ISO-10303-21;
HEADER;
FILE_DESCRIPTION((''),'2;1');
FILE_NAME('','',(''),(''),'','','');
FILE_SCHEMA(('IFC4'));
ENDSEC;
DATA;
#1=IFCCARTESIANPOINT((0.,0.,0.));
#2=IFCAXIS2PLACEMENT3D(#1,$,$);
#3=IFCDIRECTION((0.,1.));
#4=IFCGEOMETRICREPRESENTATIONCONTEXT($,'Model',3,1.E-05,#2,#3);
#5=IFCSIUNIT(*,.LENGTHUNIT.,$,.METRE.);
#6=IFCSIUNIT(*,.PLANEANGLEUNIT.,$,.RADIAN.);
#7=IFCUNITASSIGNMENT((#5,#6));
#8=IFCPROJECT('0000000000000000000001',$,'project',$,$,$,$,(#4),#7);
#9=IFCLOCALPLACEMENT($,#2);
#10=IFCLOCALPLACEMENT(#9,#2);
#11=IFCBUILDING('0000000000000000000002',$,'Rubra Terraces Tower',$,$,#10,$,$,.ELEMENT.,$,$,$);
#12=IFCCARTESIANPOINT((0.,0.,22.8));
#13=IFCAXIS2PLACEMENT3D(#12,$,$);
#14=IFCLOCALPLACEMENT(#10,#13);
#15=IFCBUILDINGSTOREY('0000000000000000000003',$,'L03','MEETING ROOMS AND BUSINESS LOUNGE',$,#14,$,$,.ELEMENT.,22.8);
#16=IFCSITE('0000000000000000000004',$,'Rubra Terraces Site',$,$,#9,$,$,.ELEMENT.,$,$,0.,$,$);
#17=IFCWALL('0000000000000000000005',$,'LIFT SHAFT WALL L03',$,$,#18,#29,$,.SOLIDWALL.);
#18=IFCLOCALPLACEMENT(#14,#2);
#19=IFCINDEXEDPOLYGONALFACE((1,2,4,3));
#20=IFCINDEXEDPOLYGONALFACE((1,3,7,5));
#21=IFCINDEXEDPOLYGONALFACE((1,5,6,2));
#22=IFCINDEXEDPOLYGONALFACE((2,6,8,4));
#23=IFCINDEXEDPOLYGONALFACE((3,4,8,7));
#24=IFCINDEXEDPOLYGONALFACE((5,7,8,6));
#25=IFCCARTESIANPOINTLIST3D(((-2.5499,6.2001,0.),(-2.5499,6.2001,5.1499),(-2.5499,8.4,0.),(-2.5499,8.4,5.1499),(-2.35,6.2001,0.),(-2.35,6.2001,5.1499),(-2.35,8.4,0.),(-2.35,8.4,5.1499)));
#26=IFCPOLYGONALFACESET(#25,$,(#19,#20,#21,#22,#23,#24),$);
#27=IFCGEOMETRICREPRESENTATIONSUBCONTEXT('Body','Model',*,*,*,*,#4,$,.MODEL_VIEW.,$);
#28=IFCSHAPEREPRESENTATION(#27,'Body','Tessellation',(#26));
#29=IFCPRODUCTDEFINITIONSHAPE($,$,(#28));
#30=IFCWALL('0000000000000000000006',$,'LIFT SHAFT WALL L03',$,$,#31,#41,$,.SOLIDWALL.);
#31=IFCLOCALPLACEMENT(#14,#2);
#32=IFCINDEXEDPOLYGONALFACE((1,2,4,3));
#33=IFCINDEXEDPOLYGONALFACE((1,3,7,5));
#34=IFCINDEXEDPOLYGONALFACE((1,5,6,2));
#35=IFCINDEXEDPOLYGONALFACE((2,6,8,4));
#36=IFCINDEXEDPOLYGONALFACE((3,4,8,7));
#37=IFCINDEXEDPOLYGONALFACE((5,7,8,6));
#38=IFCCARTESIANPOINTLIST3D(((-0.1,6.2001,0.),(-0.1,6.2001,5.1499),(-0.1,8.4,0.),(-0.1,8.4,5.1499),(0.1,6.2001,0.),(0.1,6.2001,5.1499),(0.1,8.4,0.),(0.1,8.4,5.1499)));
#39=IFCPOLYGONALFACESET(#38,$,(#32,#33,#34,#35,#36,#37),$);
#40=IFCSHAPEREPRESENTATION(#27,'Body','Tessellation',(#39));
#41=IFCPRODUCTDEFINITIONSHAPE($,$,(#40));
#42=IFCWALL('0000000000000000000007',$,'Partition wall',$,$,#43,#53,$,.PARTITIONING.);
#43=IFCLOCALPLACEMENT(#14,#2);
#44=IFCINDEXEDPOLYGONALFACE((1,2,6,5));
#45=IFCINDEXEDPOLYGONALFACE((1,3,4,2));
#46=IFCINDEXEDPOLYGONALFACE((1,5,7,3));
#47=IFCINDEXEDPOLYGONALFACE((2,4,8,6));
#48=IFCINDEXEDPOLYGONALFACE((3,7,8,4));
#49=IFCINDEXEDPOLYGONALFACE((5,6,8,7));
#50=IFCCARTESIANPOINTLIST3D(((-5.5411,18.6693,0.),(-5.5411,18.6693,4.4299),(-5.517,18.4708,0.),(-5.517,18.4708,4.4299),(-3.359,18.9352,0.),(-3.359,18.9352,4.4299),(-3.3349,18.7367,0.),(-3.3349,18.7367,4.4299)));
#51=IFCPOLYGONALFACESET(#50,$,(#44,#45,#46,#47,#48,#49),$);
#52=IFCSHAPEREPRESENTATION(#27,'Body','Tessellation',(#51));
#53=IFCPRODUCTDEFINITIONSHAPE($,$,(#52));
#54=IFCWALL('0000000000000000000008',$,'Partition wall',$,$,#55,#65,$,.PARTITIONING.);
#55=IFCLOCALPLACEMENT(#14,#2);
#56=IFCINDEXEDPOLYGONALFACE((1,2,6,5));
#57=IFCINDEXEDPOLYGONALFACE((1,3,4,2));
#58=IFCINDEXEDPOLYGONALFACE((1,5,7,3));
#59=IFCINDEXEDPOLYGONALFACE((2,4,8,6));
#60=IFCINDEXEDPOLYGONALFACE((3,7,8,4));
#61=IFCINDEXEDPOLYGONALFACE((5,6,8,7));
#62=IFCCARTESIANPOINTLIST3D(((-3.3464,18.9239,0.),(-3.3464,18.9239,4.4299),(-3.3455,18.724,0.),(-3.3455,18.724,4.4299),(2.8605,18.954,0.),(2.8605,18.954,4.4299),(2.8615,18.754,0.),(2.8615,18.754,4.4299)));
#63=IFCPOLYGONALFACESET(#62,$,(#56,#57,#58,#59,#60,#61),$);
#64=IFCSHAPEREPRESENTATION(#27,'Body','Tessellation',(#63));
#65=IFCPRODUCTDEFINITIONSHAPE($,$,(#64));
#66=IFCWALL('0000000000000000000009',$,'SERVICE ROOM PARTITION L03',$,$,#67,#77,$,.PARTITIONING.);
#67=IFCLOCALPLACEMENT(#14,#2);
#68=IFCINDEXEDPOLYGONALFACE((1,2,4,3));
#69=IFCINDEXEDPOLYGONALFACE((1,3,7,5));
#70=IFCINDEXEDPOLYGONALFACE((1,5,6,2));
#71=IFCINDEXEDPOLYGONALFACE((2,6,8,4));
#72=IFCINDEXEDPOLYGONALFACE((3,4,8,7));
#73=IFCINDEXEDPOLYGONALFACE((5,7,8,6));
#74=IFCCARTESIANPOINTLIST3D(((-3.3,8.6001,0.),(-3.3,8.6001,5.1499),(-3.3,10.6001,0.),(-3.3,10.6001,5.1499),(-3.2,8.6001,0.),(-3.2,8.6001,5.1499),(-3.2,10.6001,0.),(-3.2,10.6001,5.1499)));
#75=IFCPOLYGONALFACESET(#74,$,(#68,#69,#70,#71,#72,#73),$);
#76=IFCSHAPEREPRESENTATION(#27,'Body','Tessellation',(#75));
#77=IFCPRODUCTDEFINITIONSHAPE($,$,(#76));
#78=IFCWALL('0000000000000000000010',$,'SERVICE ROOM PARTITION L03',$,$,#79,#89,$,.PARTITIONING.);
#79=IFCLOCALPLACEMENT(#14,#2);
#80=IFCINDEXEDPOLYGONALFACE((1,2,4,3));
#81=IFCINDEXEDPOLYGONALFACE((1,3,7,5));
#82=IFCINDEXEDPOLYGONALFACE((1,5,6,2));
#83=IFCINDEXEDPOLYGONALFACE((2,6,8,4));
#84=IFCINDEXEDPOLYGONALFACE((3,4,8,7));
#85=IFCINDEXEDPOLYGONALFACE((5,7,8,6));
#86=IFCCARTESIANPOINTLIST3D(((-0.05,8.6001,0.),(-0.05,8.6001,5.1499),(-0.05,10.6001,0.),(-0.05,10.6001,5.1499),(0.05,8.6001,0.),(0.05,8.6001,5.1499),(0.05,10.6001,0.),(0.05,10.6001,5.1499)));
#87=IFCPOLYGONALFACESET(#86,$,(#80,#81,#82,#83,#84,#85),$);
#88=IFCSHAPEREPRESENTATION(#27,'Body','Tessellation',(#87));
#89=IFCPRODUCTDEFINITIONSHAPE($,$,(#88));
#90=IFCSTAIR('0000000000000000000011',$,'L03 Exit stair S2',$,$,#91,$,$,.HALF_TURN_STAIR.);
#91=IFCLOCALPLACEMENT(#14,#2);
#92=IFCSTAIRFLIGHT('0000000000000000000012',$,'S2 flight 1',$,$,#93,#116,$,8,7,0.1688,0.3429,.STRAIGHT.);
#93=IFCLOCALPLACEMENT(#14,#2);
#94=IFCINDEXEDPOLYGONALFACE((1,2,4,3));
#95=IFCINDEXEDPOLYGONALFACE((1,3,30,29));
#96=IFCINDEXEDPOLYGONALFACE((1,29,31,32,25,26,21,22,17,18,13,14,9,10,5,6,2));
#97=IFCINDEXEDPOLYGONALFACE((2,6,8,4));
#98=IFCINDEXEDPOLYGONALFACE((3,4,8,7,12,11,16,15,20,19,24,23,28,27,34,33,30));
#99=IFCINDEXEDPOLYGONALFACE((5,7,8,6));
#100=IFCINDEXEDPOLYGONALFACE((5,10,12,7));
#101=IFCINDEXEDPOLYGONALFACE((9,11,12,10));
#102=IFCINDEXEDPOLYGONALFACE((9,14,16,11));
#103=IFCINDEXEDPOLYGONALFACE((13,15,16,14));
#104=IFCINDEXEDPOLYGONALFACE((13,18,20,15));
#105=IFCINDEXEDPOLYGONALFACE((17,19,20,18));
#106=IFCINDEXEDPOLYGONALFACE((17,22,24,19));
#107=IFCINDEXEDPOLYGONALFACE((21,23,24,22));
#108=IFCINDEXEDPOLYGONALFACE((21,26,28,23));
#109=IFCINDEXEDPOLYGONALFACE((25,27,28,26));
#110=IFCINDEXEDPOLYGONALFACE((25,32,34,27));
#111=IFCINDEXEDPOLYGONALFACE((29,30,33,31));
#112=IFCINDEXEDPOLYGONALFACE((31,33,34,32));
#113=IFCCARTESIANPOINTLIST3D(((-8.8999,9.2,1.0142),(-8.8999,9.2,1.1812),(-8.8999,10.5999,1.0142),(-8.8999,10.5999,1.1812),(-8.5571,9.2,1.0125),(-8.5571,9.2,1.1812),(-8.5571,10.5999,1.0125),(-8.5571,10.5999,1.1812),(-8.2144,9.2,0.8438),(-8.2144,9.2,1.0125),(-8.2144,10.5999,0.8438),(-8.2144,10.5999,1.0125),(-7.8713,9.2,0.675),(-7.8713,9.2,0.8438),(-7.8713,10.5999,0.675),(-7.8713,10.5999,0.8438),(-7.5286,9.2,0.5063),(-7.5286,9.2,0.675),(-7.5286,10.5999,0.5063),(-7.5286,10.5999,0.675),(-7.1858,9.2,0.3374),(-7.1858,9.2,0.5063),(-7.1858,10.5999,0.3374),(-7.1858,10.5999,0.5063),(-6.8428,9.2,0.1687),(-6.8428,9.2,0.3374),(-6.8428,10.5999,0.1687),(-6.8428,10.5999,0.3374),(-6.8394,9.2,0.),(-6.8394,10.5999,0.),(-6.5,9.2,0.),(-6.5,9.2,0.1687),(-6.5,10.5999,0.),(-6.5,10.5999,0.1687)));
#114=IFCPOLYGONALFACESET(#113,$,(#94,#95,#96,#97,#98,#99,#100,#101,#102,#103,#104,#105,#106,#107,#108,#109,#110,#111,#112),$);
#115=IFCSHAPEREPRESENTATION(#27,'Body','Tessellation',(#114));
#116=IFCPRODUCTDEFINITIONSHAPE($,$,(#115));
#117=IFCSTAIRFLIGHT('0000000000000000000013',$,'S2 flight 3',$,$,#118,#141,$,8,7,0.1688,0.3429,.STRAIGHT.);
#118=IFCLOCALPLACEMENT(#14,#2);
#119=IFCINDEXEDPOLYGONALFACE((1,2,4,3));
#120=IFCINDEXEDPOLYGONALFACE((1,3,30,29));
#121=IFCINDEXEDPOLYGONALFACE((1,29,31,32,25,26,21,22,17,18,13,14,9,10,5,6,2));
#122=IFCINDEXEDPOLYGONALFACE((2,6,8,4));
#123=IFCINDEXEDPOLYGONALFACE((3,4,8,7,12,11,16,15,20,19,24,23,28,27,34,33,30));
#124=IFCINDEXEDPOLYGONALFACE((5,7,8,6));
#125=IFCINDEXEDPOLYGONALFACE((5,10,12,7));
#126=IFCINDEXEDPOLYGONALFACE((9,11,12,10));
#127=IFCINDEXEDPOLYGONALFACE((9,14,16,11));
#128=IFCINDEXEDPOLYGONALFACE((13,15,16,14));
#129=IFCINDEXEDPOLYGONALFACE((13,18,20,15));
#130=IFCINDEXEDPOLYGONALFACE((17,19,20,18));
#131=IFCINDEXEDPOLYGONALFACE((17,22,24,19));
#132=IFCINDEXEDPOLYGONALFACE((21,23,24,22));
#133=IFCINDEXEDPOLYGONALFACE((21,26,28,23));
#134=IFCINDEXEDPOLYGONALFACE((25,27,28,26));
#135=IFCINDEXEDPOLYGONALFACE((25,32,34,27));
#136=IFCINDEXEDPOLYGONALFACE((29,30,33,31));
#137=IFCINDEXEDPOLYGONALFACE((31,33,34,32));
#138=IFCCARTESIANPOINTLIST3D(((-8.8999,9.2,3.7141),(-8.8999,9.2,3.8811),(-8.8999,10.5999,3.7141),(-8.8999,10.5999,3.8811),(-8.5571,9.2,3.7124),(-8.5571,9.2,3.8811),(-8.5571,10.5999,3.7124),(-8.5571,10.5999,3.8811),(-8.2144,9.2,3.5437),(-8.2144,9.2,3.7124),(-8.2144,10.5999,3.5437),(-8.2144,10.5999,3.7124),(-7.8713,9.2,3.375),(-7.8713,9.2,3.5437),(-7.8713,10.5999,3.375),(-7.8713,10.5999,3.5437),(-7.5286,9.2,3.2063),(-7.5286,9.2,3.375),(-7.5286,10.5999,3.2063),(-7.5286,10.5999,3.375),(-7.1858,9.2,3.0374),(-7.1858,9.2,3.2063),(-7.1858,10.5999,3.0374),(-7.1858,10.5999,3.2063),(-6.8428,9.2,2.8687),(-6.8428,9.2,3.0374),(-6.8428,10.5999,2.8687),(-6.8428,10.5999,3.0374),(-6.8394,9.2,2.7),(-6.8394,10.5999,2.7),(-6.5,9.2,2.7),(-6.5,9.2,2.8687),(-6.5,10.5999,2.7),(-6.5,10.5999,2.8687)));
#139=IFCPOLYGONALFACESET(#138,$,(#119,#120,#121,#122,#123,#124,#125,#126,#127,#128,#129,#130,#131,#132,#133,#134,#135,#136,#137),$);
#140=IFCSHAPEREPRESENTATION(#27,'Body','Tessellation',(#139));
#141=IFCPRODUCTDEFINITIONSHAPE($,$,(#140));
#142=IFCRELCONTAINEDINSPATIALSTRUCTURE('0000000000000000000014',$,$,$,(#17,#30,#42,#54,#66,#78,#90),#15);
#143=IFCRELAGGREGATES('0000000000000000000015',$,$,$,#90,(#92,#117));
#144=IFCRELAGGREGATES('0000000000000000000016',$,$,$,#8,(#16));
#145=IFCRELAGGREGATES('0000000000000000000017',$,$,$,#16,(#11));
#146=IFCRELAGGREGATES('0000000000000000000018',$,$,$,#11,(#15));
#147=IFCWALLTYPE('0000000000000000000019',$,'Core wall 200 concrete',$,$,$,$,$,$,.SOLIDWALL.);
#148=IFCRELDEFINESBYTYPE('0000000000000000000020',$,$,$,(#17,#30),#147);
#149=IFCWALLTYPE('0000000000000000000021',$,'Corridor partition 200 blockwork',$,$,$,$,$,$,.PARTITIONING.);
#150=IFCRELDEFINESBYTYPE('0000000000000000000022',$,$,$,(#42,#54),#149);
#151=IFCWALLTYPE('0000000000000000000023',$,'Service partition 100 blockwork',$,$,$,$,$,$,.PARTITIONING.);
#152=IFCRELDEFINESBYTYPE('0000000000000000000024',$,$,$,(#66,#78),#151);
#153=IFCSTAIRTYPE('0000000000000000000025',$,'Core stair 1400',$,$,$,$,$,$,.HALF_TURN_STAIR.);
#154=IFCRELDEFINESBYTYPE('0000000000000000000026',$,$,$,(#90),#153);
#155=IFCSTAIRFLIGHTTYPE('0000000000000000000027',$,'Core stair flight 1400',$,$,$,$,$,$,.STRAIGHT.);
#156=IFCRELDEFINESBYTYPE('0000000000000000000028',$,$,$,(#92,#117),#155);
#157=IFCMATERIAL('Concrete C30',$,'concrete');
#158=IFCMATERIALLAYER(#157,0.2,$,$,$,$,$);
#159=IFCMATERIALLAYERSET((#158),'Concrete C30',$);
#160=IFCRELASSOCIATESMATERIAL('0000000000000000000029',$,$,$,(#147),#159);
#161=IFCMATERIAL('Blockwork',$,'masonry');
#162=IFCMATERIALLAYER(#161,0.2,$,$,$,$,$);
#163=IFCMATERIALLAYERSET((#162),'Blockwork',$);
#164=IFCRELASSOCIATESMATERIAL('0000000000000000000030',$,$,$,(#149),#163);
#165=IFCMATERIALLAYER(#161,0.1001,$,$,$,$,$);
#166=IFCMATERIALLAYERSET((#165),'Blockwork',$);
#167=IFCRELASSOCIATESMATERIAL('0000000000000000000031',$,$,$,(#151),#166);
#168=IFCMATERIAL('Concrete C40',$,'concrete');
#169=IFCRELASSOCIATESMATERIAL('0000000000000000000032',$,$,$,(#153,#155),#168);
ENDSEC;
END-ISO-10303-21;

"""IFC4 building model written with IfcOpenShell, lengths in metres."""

from ifc_helpers import new_model, si_unit, direction, frame, frame_2d, origin, place, context, subcontext, project, spatial, polyline, rectangle, outline, extrude, material, layer, layer_set, type_object, element, aggregate, save


model = new_model("IFC4")

# Units and contexts
model_context = context("Model", 3, precision=1e-05, world=origin(), true_north=direction((0.0, 1.0)))
body_context = subcontext(model_context, "Body", "Model", "MODEL_VIEW")
ifc_project = project(units=[si_unit("LENGTHUNIT", "METRE"), si_unit("PLANEANGLEUNIT", "RADIAN")], contexts=[model_context])

# Site, building, storey
site_placement = place(None, origin())
site = spatial("IfcSite", under=ifc_project, at=site_placement, Name="Rubra Terraces Site", CompositionType="ELEMENT", RefElevation=0.0)
building_placement = place(site_placement, origin())
building = spatial("IfcBuilding", under=site, at=building_placement, Name="Rubra Terraces Tower", CompositionType="ELEMENT")
storey_placement = place(building_placement, frame((0.0, 0.0, 22.8)))
storey = spatial("IfcBuildingStorey", under=building, at=storey_placement, Name="L03", Description="MEETING ROOMS AND BUSINESS LOUNGE", CompositionType="ELEMENT", Elevation=22.8)

# Shared definitions
ifc_material_1 = material(Name="Concrete C40", Category="concrete")

# Shared definitions
ifc_material_2 = material(Name="Concrete C30", Category="concrete")
ifc_layer_1 = layer(ifc_material_2, 0.2)
ifc_layer_set_1 = layer_set([ifc_layer_1], Name="Concrete C30")
wall_type_1 = type_object("IfcWallType", Name="Core wall 200 concrete", PredefinedType="SOLIDWALL", material=ifc_layer_set_1)

# Walls
for number, where, z_axis, x_axis, name in (
    (1, (-2.45, 6.2, 0.0), (0.0, 0.0, 1.0), (0.0, 1.0, 0.0), "LIFT SHAFT WALL L03"),
    (2, (0.0, 6.2, 0.0), (0.0, 0.0, 1.0), (0.0, 1.0, 0.0), "LIFT SHAFT WALL L03"),
):
    element("IfcWall", number, at=place(storey_placement, frame(where, z_axis=z_axis, x_axis=x_axis)), inside=storey, type_object=wall_type_1, Name=name, PredefinedType="SOLIDWALL", context=body_context, shape_type="SweptSolid", body=[
        extrude(rectangle(XDim=2.2, YDim=0.2, at=frame_2d((1.1001, 0.0))), origin(), (0.0, 0.0, 1.0), 5.1499),
    ])
ifc_material_3 = material(Name="Blockwork", Category="masonry")
ifc_layer_2 = layer(ifc_material_3, 0.2)
ifc_layer_set_2 = layer_set([ifc_layer_2], Name="Blockwork")
wall_type_2 = type_object("IfcWallType", Name="Corridor partition 200 blockwork", PredefinedType="PARTITIONING", material=ifc_layer_set_2)
wall_1_placement = place(storey_placement, frame((-5.5291, 18.5701, 0.0), z_axis=(0.0, 0.0, 1.0), x_axis=(0.992659, 0.120945, 0.0)))
element("IfcWall", 3, at=wall_1_placement, inside=storey, type_object=wall_type_2, Name="Partition wall", PredefinedType="PARTITIONING", context=body_context, shape_type="SweptSolid", body=[
    extrude(rectangle(XDim=2.1982, YDim=0.2, at=frame_2d((1.0991, 0.0))), origin(), (0.0, 0.0, 1.0), 4.4299),
])
wall_2_placement = place(storey_placement, frame((-3.3459, 18.824, 0.0), z_axis=(0.0, 0.0, 1.0), x_axis=(0.999988, 0.004838, 0.0)))
element("IfcWall", 4, at=wall_2_placement, inside=storey, type_object=wall_type_2, Name="Partition wall", PredefinedType="PARTITIONING", context=body_context, shape_type="SweptSolid", body=[
    extrude(rectangle(XDim=6.207, YDim=0.2, at=frame_2d((3.1035, 0.0))), origin(), (0.0, 0.0, 1.0), 4.4299),
])
ifc_layer_3 = layer(ifc_material_3, 0.1001)
ifc_layer_set_3 = layer_set([ifc_layer_3], Name="Blockwork")
wall_type_3 = type_object("IfcWallType", Name="Service partition 100 blockwork", PredefinedType="PARTITIONING", material=ifc_layer_set_3)
for number, where, z_axis, x_axis, name in (
    (5, (-3.25, 8.6001, 0.0), (0.0, 0.0, 1.0), (0.0, 1.0, 0.0), "SERVICE ROOM PARTITION L03"),
    (6, (0.0, 8.6001, 0.0), (0.0, 0.0, 1.0), (0.0, 1.0, 0.0), "SERVICE ROOM PARTITION L03"),
):
    element("IfcWall", number, at=place(storey_placement, frame(where, z_axis=z_axis, x_axis=x_axis)), inside=storey, type_object=wall_type_3, Name=name, PredefinedType="PARTITIONING", context=body_context, shape_type="SweptSolid", body=[
        extrude(rectangle(XDim=2.0, YDim=0.1001, at=frame_2d((1.0, 0.0))), origin(), (0.0, 0.0, 1.0), 5.1499),
    ])

# Stair, stair flights
stair_type = type_object("IfcStairType", Name="Core stair 1400", PredefinedType="HALF_TURN_STAIR", material=ifc_material_1)
stair_placement = place(storey_placement, origin())
stair = element("IfcStair", 7, at=stair_placement, inside=storey, type_object=stair_type, Name="L03 Exit stair S2", PredefinedType="HALF_TURN_STAIR")
stair_flight_type = type_object("IfcStairFlightType", Name="Core stair flight 1400", PredefinedType="STRAIGHT", material=ifc_material_1)
stair_flight_1_placement = place(storey_placement, frame((-6.5, 9.8999, 0.0), z_axis=(0.0, 0.0, 1.0), x_axis=(-1.0, 0.0, 0.0)))
stair_flight_1 = element("IfcStairFlight", 8, at=stair_flight_1_placement, type_object=stair_flight_type, Name="S2 flight 1", NumberOfRisers=8, NumberOfTreads=7, PredefinedType="STRAIGHT", RiserHeight=0.1688, TreadLength=0.3429, context=body_context, shape_type="SweptSolid", body=[
    extrude(outline(polyline([(0.0, 0.0), (0.0, 0.1687), (0.3428, 0.1687), (0.3428, 0.3374), (0.6858, 0.3374), (0.6858, 0.5063), (1.0286, 0.5063), (1.0286, 0.675), (1.3713, 0.675), (1.3713, 0.8438), (1.7144, 0.8438), (1.7144, 1.0125), (2.0571, 1.0125), (2.0571, 1.1812), (2.3999, 1.1812), (2.3999, 1.3501), (2.3999, 1.0142), (0.3394, 0.0), (0.0, 0.0)])), frame((0.0, 0.7, 0.0), z_axis=(0.0, -1.0, 0.0), x_axis=(1.0, 0.0, 0.0)), (0.0, 0.0, 1.0), 1.3999),
])
stair_flight_2_placement = place(storey_placement, frame((-6.5, 9.8999, 2.7), z_axis=(0.0, 0.0, 1.0), x_axis=(-1.0, 0.0, 0.0)))
stair_flight_2 = element("IfcStairFlight", 9, at=stair_flight_2_placement, type_object=stair_flight_type, Name="S2 flight 3", NumberOfRisers=8, NumberOfTreads=7, PredefinedType="STRAIGHT", RiserHeight=0.1688, TreadLength=0.3429, context=body_context, shape_type="SweptSolid", body=[
    extrude(outline(polyline([(0.0, 0.0), (0.0, 0.1687), (0.3428, 0.1687), (0.3428, 0.3374), (0.6858, 0.3374), (0.6858, 0.5063), (1.0286, 0.5063), (1.0286, 0.675), (1.3713, 0.675), (1.3713, 0.8438), (1.7144, 0.8438), (1.7144, 1.0125), (2.0571, 1.0125), (2.0571, 1.1812), (2.3999, 1.1812), (2.3999, 1.3501), (2.3999, 1.0142), (0.3394, 0.0), (0.0, 0.0)])), frame((0.0, 0.7, 0.0), z_axis=(0.0, -1.0, 0.0), x_axis=(1.0, 0.0, 0.0)), (0.0, 0.0, 1.0), 1.3999),
])
aggregate(stair, [stair_flight_1, stair_flight_2])

save(model, "model.ifc")
